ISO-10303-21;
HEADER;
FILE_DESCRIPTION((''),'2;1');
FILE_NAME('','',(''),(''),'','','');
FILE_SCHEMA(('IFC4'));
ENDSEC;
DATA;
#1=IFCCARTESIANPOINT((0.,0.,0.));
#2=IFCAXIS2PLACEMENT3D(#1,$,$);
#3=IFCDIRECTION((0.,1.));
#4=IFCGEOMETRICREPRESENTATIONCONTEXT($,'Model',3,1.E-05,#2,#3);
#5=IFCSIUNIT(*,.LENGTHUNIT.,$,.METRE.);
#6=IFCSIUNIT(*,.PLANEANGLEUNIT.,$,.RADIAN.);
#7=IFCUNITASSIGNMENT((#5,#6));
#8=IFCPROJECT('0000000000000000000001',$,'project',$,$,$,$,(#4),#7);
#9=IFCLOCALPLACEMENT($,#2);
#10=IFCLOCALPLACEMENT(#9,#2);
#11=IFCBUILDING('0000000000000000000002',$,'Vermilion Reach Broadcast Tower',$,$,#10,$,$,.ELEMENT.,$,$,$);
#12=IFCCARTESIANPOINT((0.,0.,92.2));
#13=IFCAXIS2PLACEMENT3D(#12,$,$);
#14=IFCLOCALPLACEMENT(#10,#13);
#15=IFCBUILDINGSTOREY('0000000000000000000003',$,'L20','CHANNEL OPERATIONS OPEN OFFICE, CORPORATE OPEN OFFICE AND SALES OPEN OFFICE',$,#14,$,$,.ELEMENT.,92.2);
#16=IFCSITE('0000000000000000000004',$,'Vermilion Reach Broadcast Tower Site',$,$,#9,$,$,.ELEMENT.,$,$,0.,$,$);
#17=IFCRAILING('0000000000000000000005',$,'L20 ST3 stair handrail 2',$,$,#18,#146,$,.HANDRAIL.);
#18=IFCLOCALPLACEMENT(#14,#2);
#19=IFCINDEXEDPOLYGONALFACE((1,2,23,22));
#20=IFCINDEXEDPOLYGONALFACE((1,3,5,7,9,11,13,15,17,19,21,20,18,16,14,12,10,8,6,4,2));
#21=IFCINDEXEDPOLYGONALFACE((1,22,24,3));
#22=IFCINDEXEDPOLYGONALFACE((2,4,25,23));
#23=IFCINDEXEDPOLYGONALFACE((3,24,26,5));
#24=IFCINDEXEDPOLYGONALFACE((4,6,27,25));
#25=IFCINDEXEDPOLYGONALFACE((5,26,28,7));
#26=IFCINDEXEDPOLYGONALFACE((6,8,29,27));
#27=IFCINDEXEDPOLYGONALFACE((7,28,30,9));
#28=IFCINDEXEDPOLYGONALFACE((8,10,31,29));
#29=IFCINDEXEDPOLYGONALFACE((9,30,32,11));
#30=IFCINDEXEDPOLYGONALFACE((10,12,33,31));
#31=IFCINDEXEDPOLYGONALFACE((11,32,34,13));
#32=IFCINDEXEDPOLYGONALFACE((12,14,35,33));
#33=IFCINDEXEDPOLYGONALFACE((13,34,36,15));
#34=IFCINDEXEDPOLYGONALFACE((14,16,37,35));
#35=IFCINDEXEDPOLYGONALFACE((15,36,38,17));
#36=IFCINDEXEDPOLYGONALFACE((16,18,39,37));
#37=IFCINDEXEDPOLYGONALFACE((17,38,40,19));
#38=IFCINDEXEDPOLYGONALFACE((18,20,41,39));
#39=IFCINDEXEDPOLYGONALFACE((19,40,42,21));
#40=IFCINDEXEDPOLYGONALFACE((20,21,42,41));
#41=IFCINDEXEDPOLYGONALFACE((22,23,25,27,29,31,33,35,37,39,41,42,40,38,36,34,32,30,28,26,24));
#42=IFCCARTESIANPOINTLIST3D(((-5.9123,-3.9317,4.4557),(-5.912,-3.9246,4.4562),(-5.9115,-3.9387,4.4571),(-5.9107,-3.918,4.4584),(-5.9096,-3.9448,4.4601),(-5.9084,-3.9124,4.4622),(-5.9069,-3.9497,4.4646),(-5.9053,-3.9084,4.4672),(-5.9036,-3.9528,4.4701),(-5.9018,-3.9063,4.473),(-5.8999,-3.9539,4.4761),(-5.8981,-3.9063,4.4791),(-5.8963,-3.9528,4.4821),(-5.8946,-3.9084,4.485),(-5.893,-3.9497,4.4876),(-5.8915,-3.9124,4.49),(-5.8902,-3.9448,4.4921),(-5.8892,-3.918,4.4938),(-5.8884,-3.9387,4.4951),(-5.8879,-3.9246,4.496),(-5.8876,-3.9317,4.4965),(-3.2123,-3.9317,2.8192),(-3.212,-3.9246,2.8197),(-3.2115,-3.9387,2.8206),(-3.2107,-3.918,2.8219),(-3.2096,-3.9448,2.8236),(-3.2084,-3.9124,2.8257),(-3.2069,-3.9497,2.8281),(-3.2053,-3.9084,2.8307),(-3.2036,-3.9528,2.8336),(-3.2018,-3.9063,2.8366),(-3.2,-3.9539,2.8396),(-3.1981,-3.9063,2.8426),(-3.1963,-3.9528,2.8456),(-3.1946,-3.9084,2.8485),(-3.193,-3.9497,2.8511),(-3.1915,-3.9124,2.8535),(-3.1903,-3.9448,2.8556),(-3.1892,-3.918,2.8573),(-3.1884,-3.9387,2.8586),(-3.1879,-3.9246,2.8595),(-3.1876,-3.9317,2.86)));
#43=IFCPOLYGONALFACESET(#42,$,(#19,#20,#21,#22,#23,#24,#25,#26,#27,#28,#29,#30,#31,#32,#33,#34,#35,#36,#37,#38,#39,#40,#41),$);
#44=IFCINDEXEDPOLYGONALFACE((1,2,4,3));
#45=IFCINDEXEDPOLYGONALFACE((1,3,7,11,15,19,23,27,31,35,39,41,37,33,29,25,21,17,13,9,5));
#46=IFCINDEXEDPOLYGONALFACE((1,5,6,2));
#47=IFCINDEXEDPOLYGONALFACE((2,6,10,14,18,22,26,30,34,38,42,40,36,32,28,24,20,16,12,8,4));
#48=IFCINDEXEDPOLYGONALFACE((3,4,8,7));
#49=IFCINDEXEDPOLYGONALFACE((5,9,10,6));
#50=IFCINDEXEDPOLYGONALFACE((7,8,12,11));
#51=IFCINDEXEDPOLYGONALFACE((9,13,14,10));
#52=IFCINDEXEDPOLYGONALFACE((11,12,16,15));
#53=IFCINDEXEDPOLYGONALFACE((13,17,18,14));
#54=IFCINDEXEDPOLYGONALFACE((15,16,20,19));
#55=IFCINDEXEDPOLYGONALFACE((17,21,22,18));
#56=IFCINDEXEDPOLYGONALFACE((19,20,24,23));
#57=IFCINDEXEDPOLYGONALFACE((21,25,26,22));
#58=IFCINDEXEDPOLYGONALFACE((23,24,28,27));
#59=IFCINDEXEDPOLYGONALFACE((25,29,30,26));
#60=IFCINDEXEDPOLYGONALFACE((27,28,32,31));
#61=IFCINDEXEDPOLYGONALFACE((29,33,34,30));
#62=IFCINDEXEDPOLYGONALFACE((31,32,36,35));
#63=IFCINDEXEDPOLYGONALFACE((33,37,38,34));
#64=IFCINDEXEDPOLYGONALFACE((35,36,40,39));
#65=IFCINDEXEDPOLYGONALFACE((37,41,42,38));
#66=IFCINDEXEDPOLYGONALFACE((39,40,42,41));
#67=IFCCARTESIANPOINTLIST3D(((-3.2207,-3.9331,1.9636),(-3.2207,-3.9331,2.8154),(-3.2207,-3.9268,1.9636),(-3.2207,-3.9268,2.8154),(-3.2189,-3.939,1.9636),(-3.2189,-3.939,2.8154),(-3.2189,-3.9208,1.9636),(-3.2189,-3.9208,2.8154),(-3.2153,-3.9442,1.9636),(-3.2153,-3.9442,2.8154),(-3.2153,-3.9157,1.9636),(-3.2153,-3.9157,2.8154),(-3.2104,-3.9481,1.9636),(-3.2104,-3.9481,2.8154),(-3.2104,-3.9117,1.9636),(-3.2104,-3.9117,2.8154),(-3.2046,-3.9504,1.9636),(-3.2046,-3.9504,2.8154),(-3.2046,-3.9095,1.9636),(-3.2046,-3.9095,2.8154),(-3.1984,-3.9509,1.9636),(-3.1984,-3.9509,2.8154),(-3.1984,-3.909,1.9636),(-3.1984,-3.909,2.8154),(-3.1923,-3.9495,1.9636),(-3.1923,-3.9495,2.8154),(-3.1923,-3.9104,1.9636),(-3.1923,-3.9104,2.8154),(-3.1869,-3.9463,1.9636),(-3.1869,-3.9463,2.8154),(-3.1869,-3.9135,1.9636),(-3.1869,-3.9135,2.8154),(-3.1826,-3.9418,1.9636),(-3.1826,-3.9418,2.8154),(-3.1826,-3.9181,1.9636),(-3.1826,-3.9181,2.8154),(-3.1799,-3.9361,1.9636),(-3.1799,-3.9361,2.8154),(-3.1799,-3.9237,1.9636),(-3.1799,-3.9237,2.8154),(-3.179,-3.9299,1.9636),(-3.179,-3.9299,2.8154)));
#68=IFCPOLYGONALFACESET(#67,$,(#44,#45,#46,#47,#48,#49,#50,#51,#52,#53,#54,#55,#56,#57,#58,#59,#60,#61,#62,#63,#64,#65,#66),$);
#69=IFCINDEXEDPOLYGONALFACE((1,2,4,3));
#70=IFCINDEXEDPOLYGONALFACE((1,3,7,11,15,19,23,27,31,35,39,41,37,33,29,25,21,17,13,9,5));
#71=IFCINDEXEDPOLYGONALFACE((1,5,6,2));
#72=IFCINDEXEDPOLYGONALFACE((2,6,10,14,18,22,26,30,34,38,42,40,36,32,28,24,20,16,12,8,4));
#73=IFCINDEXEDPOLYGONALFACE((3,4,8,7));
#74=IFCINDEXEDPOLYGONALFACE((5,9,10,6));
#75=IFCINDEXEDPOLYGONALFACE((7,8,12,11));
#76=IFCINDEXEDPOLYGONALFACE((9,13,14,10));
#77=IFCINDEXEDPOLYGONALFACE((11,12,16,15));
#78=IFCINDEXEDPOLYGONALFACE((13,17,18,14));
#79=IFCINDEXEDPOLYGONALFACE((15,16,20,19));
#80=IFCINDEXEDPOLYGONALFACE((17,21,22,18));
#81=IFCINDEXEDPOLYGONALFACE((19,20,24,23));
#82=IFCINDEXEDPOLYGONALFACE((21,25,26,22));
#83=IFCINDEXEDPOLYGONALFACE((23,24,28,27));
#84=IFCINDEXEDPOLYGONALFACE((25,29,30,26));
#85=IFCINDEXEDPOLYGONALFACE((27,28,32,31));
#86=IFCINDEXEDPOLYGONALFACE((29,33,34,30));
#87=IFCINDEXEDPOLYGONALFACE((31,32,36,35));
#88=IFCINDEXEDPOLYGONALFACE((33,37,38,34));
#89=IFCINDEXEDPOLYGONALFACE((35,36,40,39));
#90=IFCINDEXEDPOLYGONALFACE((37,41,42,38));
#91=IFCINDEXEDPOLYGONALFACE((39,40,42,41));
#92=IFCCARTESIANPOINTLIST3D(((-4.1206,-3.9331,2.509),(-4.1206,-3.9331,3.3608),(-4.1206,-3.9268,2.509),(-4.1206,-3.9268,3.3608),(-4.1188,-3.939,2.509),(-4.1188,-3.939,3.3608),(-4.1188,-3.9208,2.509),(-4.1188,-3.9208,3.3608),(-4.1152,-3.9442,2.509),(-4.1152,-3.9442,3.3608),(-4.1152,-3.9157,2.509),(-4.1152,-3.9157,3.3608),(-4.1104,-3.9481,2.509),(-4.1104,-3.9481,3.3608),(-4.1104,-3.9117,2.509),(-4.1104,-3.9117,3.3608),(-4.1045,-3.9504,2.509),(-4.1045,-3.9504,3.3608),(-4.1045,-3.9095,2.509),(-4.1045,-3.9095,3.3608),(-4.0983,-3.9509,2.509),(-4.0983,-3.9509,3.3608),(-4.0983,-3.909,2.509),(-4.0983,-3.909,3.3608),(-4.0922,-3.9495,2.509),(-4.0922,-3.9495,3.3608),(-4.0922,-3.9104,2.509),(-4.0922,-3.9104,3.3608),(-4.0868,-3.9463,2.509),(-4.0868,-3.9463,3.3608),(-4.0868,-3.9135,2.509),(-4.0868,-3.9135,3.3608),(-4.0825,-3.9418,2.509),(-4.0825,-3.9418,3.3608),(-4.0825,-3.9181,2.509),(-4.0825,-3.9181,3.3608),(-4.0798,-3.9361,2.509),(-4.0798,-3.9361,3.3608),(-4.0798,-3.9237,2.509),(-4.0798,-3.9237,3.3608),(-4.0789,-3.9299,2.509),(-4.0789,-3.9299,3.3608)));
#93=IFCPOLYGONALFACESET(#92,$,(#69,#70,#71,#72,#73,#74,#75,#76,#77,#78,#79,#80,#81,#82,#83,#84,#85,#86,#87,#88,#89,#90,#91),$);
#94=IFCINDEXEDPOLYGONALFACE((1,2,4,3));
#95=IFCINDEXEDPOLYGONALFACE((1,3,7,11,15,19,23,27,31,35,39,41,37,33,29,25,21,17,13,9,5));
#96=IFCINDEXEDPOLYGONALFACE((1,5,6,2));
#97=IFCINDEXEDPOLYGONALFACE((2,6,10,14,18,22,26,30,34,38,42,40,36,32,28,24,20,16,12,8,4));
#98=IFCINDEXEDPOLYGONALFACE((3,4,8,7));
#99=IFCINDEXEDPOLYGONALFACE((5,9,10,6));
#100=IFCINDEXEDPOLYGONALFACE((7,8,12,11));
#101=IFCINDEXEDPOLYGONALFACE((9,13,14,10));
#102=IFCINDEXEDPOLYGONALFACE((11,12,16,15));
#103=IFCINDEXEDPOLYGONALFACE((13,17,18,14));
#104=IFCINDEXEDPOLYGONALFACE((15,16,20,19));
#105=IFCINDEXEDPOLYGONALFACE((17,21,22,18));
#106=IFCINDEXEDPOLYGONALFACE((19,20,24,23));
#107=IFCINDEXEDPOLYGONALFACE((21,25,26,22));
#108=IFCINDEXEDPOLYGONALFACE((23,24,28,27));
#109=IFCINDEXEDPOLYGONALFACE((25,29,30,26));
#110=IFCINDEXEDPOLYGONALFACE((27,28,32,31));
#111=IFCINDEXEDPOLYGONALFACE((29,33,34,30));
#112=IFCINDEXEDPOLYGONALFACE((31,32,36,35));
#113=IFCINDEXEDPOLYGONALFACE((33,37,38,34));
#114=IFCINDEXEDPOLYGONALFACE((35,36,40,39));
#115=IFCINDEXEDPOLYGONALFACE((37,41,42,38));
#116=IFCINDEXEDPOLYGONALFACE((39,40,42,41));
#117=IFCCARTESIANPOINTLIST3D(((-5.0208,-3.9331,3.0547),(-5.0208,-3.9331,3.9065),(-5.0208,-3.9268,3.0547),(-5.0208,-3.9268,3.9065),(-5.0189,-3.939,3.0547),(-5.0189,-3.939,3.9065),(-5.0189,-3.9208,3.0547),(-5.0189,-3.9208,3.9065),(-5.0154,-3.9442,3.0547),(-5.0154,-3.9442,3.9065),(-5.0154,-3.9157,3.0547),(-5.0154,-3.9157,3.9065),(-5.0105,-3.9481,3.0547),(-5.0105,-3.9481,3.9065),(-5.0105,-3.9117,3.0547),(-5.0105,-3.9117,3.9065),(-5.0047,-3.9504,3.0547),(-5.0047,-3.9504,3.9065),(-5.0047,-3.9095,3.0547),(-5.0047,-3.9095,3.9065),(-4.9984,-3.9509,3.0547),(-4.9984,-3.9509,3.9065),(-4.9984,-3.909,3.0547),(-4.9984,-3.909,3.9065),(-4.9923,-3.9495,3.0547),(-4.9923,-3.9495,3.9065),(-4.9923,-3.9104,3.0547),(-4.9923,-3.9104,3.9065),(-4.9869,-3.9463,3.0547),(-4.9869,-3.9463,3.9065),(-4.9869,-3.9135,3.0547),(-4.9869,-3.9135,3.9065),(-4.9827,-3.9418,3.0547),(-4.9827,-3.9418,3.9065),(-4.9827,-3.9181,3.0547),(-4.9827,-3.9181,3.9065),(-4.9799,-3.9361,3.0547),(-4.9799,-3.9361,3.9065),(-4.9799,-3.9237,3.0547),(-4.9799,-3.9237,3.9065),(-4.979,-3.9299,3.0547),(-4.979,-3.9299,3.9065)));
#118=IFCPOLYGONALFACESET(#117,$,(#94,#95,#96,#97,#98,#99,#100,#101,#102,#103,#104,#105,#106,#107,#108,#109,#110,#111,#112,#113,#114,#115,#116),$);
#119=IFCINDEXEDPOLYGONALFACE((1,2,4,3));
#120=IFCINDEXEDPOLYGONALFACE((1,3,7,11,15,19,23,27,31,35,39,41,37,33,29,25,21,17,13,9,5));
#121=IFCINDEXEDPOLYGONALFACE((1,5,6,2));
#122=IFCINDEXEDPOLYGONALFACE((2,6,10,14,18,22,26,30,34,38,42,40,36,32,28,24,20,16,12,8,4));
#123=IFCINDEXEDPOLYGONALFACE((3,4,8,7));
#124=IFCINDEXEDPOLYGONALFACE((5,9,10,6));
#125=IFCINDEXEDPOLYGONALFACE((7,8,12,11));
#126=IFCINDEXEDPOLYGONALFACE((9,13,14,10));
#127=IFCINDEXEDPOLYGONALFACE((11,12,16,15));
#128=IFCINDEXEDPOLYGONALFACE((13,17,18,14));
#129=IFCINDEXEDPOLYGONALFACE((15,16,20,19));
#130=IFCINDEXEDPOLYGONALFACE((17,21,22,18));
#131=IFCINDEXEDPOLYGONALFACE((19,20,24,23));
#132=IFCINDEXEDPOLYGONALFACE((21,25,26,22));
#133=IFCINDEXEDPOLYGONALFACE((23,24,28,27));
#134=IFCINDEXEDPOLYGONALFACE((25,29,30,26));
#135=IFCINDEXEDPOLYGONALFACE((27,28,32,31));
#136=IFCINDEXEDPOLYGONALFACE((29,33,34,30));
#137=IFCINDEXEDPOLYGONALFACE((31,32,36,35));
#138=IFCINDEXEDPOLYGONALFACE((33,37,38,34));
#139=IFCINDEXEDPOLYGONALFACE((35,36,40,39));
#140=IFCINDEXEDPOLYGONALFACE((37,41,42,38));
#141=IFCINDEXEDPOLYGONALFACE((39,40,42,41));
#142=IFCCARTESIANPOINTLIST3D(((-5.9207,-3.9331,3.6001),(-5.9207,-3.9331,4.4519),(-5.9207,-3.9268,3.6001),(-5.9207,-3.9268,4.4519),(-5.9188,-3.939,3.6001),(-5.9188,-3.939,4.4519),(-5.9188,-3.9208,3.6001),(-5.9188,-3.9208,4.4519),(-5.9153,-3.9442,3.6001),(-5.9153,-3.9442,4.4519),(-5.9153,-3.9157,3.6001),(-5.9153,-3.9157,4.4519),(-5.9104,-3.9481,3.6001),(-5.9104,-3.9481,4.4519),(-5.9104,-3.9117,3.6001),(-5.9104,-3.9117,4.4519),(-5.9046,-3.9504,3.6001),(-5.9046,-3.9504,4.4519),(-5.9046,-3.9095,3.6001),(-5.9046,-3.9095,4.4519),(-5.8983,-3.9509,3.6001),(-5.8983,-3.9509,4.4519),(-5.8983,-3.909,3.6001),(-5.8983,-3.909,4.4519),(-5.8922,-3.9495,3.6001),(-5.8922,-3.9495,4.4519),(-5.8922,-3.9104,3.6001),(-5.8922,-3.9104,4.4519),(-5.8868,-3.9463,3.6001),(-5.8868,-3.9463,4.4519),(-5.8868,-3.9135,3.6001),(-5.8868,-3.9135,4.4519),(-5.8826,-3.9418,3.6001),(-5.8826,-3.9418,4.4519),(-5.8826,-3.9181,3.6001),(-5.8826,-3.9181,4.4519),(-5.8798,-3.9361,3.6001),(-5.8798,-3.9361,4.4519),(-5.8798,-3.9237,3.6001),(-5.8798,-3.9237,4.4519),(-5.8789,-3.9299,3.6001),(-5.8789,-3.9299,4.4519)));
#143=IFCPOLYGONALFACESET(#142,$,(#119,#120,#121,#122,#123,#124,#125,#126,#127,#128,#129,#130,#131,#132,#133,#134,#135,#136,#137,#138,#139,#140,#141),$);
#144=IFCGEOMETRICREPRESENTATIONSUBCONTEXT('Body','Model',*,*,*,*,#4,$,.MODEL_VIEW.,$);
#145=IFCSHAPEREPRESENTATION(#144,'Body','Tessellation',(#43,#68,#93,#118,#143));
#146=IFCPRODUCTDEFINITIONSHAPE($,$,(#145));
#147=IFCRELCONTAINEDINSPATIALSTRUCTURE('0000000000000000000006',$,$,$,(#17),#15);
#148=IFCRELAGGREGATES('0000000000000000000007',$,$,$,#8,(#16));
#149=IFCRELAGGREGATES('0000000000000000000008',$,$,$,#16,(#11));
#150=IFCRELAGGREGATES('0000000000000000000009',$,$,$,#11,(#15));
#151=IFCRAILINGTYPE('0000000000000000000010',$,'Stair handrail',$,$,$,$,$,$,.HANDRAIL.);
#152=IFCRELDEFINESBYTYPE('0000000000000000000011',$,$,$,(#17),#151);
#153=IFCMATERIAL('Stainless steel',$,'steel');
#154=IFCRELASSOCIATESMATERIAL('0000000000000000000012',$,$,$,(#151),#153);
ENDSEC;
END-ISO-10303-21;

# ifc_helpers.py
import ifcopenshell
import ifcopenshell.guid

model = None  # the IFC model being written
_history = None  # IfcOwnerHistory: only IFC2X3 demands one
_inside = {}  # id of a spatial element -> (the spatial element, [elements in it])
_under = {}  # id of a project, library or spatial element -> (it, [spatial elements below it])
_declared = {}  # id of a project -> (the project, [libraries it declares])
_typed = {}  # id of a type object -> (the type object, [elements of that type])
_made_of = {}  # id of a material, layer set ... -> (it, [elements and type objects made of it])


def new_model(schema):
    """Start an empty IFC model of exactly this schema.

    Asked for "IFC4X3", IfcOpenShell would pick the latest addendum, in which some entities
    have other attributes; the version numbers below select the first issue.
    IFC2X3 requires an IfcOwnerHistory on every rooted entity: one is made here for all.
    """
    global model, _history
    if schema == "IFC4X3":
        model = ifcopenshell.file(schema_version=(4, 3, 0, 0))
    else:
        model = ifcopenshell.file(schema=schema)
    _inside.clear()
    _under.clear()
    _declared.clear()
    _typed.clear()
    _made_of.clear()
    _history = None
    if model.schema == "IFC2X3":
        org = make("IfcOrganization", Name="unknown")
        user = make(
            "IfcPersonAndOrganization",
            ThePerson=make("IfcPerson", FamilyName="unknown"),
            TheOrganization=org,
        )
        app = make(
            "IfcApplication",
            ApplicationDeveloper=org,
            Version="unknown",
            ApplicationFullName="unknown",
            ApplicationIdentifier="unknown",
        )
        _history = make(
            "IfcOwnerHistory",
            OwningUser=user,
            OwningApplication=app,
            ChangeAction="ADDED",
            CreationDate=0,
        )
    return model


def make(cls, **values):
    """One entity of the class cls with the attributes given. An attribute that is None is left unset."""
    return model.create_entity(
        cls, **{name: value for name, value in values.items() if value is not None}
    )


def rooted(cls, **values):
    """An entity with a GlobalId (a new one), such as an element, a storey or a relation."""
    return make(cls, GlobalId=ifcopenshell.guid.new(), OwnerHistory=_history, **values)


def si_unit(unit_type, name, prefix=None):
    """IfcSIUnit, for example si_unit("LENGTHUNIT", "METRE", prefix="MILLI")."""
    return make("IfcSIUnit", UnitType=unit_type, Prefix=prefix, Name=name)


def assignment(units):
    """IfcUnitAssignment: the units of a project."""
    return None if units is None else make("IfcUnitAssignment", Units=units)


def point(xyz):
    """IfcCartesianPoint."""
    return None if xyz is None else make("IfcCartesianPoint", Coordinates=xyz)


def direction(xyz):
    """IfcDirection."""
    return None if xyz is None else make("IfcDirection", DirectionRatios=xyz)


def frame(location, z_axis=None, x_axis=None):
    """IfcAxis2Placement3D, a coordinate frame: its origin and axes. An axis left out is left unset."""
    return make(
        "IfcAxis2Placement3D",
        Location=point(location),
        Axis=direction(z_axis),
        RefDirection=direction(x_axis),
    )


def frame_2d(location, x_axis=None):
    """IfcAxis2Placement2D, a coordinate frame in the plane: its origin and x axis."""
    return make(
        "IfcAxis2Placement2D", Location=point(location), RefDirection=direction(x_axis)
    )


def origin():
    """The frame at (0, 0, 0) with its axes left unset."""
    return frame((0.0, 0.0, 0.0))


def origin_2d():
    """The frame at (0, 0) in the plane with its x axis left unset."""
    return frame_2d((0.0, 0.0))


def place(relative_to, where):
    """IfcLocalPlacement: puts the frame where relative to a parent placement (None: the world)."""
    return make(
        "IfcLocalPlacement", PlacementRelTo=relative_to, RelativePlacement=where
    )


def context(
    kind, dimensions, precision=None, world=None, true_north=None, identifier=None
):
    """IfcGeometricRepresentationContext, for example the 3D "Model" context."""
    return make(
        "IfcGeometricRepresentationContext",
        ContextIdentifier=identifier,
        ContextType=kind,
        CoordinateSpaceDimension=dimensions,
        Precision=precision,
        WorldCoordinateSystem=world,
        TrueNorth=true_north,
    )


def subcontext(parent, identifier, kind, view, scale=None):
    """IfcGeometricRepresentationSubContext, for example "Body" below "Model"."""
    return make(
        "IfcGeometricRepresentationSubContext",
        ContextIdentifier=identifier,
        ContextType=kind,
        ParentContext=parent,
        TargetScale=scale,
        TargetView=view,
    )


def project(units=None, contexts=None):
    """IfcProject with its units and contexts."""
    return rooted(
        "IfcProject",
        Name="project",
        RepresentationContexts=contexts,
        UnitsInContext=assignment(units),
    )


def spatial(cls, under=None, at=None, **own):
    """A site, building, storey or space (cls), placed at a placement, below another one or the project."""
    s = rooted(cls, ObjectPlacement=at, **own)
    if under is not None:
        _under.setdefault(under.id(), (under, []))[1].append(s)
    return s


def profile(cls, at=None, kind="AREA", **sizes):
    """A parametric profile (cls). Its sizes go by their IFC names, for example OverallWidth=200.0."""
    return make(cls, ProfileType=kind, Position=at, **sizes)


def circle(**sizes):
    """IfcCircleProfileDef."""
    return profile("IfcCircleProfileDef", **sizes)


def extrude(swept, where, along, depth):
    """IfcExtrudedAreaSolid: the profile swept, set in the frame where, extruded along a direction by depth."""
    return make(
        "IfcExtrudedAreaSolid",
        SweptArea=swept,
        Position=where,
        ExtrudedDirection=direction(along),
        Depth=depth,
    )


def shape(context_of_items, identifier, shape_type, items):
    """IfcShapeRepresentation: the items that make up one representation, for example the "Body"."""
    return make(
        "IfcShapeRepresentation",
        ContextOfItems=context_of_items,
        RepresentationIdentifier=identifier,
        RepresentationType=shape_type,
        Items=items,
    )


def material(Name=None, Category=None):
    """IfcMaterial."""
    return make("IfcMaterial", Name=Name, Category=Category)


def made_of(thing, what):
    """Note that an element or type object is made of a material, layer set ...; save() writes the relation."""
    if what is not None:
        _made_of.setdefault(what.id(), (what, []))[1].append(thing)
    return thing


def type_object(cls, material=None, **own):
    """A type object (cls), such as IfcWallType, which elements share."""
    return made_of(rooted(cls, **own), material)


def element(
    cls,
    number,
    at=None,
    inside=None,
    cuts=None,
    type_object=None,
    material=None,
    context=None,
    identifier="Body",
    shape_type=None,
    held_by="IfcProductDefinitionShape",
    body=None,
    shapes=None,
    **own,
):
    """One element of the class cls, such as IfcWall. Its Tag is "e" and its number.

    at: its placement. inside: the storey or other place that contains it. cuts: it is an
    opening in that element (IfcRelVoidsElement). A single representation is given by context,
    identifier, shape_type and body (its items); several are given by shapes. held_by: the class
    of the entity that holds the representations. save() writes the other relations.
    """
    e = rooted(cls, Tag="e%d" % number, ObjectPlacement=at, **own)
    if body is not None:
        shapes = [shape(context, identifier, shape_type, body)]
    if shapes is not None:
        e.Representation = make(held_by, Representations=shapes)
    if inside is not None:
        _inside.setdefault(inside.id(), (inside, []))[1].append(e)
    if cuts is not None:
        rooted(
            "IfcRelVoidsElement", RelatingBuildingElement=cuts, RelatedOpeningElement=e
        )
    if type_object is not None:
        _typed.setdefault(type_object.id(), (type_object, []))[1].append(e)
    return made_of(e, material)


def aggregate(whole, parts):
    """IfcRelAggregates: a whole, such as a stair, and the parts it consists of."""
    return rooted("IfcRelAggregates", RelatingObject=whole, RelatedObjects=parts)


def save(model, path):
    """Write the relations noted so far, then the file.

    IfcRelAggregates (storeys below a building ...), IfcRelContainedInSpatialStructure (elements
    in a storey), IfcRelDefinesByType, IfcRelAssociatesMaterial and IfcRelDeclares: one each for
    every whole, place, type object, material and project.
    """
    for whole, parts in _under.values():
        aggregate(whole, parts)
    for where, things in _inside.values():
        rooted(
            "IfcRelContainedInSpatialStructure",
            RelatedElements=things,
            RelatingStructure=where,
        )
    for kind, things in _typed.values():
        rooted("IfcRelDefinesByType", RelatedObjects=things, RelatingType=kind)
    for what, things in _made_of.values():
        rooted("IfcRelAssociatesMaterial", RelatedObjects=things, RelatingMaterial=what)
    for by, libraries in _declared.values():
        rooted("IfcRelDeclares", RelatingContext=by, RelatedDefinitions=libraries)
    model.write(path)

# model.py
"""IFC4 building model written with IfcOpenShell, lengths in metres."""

from ifc_helpers import new_model, si_unit, direction, frame, origin, origin_2d, place, context, subcontext, project, spatial, circle, extrude, material, type_object, element, save


model = new_model("IFC4")

# Units and contexts
model_context = context("Model", 3, precision=1e-05, world=origin(), true_north=direction((0.0, 1.0)))
body_context = subcontext(model_context, "Body", "Model", "MODEL_VIEW")
ifc_project = project(units=[si_unit("LENGTHUNIT", "METRE"), si_unit("PLANEANGLEUNIT", "RADIAN")], contexts=[model_context])

# Site, building, storey
site_placement = place(None, origin())
site = spatial("IfcSite", under=ifc_project, at=site_placement, Name="Vermilion Reach Broadcast Tower Site", CompositionType="ELEMENT", RefElevation=0.0)
building_placement = place(site_placement, origin())
building = spatial("IfcBuilding", under=site, at=building_placement, Name="Vermilion Reach Broadcast Tower", CompositionType="ELEMENT")
storey_placement = place(building_placement, frame((0.0, 0.0, 92.2)))
storey = spatial("IfcBuildingStorey", under=building, at=storey_placement, Name="L20", Description="CHANNEL OPERATIONS OPEN OFFICE, CORPORATE OPEN OFFICE AND SALES OPEN OFFICE", CompositionType="ELEMENT", Elevation=92.2)

# Railing
ifc_material_1 = material(Name="Stainless steel", Category="steel")
railing_type_1 = type_object("IfcRailingType", Name="Stair handrail", PredefinedType="HANDRAIL", material=ifc_material_1)
railing_1_placement = place(storey_placement, frame((-3.2, -3.9299, 1.9636)))
element("IfcRailing", 1, at=railing_1_placement, inside=storey, type_object=railing_type_1, Name="L20 ST3 stair handrail 2", PredefinedType="HANDRAIL", context=body_context, shape_type="SweptSolid", body=[
    extrude(circle(Radius=0.0239, at=origin_2d()), frame((0.0, 0.0, 0.876), z_axis=(-0.855178, 0.0, 0.518334), x_axis=(0.0, -1.0, 0.0)), (0.0, 0.0, 1.0), 3.1572),
    extrude(circle(Radius=0.021, at=origin_2d()), origin(), (0.0, 0.0, 1.0), 0.8518),
    extrude(circle(Radius=0.021, at=origin_2d()), frame((-0.8999, 0.0, 0.5454)), (0.0, 0.0, 1.0), 0.8518),
    extrude(circle(Radius=0.021, at=origin_2d()), frame((-1.8, 0.0, 1.0911)), (0.0, 0.0, 1.0), 0.8518),
    extrude(circle(Radius=0.021, at=origin_2d()), frame((-2.7, 0.0, 1.6365)), (0.0, 0.0, 1.0), 0.8518),
])

save(model, "model.ifc")
